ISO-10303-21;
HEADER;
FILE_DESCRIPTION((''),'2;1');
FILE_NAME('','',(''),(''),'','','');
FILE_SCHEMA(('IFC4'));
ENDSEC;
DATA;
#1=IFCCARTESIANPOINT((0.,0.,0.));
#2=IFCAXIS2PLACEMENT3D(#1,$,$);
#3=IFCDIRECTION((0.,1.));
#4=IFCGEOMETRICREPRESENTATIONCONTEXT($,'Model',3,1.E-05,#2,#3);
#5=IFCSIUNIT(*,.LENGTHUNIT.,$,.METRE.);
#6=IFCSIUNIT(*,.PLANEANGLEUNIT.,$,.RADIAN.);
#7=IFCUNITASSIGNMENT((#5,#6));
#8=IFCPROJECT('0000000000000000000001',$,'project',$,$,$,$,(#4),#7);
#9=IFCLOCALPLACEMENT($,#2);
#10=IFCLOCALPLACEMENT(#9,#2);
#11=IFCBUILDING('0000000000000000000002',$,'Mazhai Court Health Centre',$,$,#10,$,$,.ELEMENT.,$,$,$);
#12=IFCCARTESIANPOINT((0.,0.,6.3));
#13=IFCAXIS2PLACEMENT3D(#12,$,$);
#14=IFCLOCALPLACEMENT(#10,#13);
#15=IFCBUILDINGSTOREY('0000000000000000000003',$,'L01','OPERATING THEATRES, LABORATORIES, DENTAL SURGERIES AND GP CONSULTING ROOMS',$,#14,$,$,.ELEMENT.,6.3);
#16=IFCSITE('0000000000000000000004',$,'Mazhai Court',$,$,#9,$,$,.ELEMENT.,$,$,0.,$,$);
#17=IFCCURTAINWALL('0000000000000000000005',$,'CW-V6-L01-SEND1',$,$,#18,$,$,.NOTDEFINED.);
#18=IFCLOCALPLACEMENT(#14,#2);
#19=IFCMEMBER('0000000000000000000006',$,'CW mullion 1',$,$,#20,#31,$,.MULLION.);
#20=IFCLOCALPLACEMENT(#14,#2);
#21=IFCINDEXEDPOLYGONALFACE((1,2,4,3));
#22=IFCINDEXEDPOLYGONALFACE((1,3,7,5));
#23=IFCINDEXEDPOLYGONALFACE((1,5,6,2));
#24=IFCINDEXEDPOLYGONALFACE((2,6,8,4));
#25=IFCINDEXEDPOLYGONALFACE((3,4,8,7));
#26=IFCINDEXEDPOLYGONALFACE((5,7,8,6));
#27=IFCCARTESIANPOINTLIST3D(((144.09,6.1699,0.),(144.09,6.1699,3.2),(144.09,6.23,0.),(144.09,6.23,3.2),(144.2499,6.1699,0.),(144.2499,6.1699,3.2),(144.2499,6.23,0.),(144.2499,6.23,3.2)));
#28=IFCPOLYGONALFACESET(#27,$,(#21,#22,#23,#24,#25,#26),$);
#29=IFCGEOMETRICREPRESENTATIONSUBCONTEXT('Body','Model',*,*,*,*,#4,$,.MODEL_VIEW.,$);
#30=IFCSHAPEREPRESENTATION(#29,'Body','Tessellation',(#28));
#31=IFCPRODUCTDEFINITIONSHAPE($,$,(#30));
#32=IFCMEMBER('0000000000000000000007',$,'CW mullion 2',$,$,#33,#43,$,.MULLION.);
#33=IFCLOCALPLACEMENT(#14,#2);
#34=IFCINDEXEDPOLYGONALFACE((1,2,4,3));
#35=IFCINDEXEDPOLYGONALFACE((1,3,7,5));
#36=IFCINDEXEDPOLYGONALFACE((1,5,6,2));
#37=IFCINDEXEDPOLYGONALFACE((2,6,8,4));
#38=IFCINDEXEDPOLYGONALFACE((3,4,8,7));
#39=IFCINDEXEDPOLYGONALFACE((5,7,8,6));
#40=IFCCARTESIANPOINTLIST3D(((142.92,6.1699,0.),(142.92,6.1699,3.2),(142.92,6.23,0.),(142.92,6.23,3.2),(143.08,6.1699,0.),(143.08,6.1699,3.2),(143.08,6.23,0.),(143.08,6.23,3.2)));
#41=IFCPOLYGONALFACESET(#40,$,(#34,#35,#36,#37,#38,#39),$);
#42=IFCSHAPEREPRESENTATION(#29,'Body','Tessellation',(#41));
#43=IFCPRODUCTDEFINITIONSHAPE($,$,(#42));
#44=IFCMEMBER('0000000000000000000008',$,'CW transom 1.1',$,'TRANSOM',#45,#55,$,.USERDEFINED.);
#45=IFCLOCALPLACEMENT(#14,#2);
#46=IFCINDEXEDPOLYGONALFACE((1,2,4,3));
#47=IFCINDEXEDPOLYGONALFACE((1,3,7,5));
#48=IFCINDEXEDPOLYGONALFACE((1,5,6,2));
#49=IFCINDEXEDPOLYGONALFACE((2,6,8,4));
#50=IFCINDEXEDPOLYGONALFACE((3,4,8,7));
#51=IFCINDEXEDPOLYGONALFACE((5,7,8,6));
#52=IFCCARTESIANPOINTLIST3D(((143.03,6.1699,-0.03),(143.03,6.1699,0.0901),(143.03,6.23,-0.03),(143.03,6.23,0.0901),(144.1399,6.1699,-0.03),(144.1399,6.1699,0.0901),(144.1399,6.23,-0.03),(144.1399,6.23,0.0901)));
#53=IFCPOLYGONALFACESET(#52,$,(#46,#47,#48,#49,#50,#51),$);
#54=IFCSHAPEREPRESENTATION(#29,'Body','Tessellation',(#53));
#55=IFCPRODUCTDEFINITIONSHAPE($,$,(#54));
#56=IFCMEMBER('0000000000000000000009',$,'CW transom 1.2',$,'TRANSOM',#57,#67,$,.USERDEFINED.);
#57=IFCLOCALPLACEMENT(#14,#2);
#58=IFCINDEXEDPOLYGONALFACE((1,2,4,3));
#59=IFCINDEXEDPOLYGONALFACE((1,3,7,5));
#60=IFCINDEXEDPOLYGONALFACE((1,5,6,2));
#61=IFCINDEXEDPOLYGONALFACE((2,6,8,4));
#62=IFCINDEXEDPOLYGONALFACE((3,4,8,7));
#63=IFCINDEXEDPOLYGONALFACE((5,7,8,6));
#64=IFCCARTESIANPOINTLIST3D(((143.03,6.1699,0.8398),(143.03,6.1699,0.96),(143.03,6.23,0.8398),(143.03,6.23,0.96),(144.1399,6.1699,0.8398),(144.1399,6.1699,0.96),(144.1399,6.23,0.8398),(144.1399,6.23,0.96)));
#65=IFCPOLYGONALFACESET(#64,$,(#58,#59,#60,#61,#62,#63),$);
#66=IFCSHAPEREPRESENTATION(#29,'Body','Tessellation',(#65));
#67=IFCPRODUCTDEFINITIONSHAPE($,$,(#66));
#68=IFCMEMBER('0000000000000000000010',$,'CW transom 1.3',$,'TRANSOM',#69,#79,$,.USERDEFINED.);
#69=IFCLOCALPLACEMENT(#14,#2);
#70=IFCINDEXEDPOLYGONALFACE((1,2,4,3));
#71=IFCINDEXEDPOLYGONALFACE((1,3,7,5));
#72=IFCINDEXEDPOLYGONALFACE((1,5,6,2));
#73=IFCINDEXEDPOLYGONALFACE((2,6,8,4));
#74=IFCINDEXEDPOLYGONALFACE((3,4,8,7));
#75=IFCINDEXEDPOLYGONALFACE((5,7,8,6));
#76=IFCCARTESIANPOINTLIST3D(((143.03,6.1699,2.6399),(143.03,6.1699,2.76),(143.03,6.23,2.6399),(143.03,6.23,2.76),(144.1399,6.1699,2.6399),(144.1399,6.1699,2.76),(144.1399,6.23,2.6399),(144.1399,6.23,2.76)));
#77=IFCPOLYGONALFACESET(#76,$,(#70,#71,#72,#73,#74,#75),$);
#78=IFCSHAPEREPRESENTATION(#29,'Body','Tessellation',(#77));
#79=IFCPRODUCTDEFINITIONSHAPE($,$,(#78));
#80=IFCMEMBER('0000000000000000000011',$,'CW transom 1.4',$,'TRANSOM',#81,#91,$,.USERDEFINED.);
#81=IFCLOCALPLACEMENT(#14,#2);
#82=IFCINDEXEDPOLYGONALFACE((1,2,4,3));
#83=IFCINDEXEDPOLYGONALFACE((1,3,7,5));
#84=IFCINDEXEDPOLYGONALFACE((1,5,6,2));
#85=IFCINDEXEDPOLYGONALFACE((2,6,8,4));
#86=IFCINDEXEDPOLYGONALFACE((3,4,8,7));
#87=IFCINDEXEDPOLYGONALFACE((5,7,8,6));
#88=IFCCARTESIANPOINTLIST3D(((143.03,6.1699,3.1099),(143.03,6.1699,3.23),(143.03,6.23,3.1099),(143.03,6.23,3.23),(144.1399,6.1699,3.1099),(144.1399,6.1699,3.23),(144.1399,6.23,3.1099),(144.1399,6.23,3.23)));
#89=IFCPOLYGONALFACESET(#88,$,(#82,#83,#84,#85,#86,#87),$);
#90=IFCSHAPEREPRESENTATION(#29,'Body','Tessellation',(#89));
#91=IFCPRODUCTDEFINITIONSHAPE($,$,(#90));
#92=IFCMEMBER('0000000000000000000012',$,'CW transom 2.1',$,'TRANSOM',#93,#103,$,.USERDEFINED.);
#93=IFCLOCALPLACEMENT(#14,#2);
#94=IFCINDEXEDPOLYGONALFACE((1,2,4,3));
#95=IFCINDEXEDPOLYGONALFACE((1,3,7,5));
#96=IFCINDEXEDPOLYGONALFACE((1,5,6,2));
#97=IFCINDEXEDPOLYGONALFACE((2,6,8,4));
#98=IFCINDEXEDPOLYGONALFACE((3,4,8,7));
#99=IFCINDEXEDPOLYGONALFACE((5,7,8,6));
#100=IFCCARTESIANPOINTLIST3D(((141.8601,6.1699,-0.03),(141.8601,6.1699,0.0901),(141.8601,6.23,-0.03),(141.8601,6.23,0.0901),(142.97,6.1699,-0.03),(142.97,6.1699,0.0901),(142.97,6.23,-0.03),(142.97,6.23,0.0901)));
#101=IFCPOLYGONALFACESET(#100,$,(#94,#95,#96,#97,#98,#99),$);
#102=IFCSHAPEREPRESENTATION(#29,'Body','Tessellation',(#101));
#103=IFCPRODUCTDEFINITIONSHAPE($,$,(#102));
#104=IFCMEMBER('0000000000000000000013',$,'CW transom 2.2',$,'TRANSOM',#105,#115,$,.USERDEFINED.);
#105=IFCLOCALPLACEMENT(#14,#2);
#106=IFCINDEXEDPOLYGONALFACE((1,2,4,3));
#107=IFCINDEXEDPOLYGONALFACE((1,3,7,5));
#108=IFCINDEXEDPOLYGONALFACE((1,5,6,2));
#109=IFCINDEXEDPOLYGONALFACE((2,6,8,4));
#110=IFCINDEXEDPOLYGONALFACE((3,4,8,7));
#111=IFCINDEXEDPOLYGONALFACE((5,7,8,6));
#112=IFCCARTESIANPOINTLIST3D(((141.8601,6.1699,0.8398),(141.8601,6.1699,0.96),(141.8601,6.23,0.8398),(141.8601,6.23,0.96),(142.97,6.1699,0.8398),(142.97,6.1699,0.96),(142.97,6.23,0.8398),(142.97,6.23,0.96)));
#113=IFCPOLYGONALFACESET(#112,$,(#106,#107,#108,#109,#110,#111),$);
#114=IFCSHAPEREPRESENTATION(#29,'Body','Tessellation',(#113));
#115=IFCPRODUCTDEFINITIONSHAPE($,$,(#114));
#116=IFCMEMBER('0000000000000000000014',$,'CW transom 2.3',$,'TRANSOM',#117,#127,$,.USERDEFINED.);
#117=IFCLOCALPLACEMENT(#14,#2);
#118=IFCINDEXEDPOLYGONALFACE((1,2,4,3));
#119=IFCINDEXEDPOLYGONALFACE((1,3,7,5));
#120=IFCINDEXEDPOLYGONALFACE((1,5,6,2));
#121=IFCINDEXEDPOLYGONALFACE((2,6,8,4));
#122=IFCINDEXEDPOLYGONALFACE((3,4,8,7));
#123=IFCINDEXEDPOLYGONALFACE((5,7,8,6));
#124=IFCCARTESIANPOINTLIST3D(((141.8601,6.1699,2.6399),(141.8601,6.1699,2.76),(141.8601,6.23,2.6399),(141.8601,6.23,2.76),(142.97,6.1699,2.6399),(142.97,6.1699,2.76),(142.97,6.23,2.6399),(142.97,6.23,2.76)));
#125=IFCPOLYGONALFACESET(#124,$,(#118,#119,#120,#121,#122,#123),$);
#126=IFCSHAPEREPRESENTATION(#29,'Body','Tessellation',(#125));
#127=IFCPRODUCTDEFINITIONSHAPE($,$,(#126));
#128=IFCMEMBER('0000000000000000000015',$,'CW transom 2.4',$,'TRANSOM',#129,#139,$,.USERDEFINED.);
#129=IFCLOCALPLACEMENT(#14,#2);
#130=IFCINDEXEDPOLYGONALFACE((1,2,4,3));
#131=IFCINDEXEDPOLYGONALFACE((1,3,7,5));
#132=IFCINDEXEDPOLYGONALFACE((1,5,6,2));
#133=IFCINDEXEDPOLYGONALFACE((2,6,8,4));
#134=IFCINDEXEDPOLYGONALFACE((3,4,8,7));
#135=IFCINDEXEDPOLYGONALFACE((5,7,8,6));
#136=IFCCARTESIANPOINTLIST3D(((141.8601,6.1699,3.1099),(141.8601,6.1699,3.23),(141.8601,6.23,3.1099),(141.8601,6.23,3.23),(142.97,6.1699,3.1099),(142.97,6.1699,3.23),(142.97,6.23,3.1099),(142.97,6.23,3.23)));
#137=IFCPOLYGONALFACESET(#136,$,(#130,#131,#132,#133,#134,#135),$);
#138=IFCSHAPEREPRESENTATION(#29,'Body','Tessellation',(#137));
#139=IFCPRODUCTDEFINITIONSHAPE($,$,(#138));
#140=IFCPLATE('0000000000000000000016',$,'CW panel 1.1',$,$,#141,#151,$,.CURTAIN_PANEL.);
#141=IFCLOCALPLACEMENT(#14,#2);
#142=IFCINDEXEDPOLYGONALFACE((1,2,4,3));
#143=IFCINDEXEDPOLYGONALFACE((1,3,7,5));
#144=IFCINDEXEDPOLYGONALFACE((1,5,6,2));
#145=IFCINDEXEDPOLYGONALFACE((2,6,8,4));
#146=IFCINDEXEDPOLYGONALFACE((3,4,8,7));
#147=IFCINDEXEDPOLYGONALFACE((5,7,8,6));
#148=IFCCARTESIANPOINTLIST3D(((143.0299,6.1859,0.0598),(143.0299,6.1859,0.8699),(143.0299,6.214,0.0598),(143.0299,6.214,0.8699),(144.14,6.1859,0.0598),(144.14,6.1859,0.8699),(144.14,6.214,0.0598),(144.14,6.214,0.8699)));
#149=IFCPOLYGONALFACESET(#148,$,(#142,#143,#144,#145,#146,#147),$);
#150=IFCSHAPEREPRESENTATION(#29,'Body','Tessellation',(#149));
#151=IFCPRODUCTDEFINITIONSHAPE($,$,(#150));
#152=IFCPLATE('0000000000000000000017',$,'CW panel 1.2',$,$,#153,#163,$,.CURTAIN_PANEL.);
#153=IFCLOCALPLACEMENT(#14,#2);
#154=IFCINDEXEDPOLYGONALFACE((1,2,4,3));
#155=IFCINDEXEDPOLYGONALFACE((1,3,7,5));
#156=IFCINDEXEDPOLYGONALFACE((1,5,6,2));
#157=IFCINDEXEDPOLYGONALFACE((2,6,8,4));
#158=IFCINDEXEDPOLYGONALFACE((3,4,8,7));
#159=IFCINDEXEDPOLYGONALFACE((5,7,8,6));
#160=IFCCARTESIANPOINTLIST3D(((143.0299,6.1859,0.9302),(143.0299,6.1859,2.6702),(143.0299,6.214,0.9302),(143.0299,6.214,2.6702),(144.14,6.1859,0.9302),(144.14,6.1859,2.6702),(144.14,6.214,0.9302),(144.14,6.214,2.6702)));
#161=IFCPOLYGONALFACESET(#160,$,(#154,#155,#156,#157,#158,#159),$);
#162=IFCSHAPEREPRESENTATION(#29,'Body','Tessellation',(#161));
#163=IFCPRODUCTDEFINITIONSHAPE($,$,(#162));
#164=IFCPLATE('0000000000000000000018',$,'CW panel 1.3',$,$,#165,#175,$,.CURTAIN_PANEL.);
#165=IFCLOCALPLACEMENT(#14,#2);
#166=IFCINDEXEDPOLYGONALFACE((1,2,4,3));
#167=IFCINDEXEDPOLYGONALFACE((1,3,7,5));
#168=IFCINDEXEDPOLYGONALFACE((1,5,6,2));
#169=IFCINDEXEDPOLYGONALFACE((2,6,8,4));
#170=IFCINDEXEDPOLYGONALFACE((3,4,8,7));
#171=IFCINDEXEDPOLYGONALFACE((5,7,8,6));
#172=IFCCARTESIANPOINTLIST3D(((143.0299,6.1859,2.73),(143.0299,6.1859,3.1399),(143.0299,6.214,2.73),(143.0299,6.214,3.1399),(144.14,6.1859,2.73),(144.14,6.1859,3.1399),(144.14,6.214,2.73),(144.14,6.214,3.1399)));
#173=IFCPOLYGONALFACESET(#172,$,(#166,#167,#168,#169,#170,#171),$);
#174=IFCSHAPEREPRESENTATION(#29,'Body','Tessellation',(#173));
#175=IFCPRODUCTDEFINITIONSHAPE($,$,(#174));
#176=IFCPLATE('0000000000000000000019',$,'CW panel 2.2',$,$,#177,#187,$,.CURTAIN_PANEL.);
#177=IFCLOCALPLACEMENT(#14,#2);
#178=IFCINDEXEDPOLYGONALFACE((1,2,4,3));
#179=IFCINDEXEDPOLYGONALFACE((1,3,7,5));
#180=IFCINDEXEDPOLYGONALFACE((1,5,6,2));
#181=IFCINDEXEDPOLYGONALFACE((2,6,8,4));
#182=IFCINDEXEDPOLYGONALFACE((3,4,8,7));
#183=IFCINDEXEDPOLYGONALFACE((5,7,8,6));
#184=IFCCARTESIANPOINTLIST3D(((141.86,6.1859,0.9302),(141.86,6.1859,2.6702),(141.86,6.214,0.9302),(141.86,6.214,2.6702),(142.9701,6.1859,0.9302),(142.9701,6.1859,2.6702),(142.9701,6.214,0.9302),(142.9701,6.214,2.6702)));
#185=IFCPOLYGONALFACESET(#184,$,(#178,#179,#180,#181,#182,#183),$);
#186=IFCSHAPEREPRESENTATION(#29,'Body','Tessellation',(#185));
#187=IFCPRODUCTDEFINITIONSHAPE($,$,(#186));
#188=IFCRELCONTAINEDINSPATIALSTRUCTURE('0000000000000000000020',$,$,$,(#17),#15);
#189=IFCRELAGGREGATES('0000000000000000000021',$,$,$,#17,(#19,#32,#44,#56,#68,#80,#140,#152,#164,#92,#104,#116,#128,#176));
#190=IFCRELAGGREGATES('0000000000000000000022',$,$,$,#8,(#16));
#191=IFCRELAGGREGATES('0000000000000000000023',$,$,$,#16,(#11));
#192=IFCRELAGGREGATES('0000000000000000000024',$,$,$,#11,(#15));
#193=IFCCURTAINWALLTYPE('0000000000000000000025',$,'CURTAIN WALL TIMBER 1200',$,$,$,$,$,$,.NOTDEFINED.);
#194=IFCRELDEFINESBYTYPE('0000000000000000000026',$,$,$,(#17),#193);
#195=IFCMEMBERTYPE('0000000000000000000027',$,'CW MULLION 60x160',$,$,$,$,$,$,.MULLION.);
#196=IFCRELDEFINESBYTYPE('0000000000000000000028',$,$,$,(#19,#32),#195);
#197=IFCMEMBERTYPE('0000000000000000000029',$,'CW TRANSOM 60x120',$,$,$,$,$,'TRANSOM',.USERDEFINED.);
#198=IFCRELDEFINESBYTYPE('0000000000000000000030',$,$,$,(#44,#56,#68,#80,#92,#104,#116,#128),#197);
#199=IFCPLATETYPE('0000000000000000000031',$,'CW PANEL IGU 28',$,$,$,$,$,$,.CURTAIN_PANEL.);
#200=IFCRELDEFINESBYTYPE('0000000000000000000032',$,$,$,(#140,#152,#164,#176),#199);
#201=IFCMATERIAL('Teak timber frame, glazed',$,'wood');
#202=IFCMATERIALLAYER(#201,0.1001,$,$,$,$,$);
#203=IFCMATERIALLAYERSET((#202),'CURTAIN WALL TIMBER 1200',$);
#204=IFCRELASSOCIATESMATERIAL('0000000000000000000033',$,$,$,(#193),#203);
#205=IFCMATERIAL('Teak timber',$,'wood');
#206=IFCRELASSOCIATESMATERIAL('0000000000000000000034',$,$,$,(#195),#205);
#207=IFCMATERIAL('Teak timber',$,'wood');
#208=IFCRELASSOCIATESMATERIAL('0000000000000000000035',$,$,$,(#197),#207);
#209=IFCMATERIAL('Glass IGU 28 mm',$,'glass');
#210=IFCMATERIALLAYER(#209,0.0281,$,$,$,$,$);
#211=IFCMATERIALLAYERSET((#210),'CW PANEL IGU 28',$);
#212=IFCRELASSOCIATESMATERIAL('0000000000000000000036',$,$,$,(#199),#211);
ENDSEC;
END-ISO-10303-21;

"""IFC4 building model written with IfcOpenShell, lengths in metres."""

from ifc_helpers import new_model, si_unit, direction, frame, origin, origin_2d, place, context, subcontext, project, spatial, rectangle, extrude, material, layer, layer_set, material_profile, profile_set, type_object, element, aggregate, save


model = new_model("IFC4")

# Units and contexts
model_context = context("Model", 3, precision=1e-05, world=origin(), true_north=direction((0.0, 1.0)))
body_context = subcontext(model_context, "Body", "Model", "MODEL_VIEW")
ifc_project = project(units=[si_unit("LENGTHUNIT", "METRE"), si_unit("PLANEANGLEUNIT", "RADIAN")], contexts=[model_context])

# Site, building, storey
site_placement = place(None, origin())
site = spatial("IfcSite", under=ifc_project, at=site_placement, Name="Mazhai Court", CompositionType="ELEMENT", RefElevation=0.0)
building_placement = place(site_placement, origin())
building = spatial("IfcBuilding", under=site, at=building_placement, Name="Mazhai Court Health Centre", CompositionType="ELEMENT")
storey_placement = place(building_placement, frame((0.0, 0.0, 6.3)))
storey = spatial("IfcBuildingStorey", under=building, at=storey_placement, Name="L01", Description="OPERATING THEATRES, LABORATORIES, DENTAL SURGERIES AND GP CONSULTING ROOMS", CompositionType="ELEMENT", Elevation=6.3)

# Curtain wall, members, plates
ifc_material_1 = material(Name="Teak timber frame, glazed", Category="wood")
ifc_layer_1 = layer(ifc_material_1, 0.1001)
ifc_layer_set_1 = layer_set([ifc_layer_1], Name="CURTAIN WALL TIMBER 1200")
curtain_wall_type = type_object("IfcCurtainWallType", Name="CURTAIN WALL TIMBER 1200", PredefinedType="NOTDEFINED", material=ifc_layer_set_1)
curtain_wall_placement = place(storey_placement, origin())
curtain_wall = element("IfcCurtainWall", 1, at=curtain_wall_placement, inside=storey, type_object=curtain_wall_type, Name="CW-V6-L01-SEND1", PredefinedType="NOTDEFINED")
ifc_material_2 = material(Name="Teak timber", Category="wood")
ifc_material_profile_1 = material_profile(ifc_material_2, rectangle(XDim=0.0601, YDim=0.1599, at=origin_2d()), Name="CW MULLION 60x160")
ifc_profile_set_1 = profile_set([ifc_material_profile_1], Name="Teak timber")
member_type_1 = type_object("IfcMemberType", Name="CW MULLION 60x160", PredefinedType="MULLION", material=ifc_profile_set_1)
member_1_placement = place(storey_placement, frame((144.1699, 6.2, 0.0), z_axis=(0.0, 0.0, 1.0), x_axis=(0.0, -1.0, 0.0)))
member_1 = element("IfcMember", 2, at=member_1_placement, type_object=member_type_1, Name="CW mullion 1", PredefinedType="MULLION", context=body_context, shape_type="SweptSolid", body=[
    extrude(rectangle(XDim=0.0601, YDim=0.1599, at=origin_2d()), origin(), (0.0, 0.0, 1.0), 3.2),
])
member_2_placement = place(storey_placement, frame((143.0, 6.2, 0.0), z_axis=(0.0, 0.0, 1.0), x_axis=(0.0, -1.0, 0.0)))
member_2 = element("IfcMember", 3, at=member_2_placement, type_object=member_type_1, Name="CW mullion 2", PredefinedType="MULLION", context=body_context, shape_type="SweptSolid", body=[
    extrude(rectangle(XDim=0.0601, YDim=0.1599, at=origin_2d()), origin(), (0.0, 0.0, 1.0), 3.2),
])
ifc_material_3 = material(Name="Teak timber", Category="wood")
ifc_material_profile_2 = material_profile(ifc_material_3, rectangle(XDim=0.0601, YDim=0.1201, at=origin_2d()), Name="CW TRANSOM 60x120")
ifc_profile_set_2 = profile_set([ifc_material_profile_2], Name="Teak timber")
member_type_2 = type_object("IfcMemberType", Name="CW TRANSOM 60x120", ElementType="TRANSOM", PredefinedType="USERDEFINED", material=ifc_profile_set_2)
member_3_placement = place(storey_placement, frame((144.1399, 6.2, 0.03), z_axis=(-1.0, 0.0, 0.0), x_axis=(0.0, -1.0, 0.0)))
member_3 = element("IfcMember", 4, at=member_3_placement, type_object=member_type_2, Name="CW transom 1.1", ObjectType="TRANSOM", PredefinedType="USERDEFINED", context=body_context, shape_type="SweptSolid", body=[
    extrude(rectangle(XDim=0.0601, YDim=0.1201, at=origin_2d()), origin(), (0.0, 0.0, 1.0), 1.1099),
])
member_4_placement = place(storey_placement, frame((144.1399, 6.2, 0.8999), z_axis=(-1.0, 0.0, 0.0), x_axis=(0.0, -1.0, 0.0)))
member_4 = element("IfcMember", 5, at=member_4_placement, type_object=member_type_2, Name="CW transom 1.2", ObjectType="TRANSOM", PredefinedType="USERDEFINED", context=body_context, shape_type="SweptSolid", body=[
    extrude(rectangle(XDim=0.0601, YDim=0.1201, at=origin_2d()), origin(), (0.0, 0.0, 1.0), 1.1099),
])
member_5_placement = place(storey_placement, frame((144.1399, 6.2, 2.7), z_axis=(-1.0, 0.0, 0.0), x_axis=(0.0, -1.0, 0.0)))
member_5 = element("IfcMember", 6, at=member_5_placement, type_object=member_type_2, Name="CW transom 1.3", ObjectType="TRANSOM", PredefinedType="USERDEFINED", context=body_context, shape_type="SweptSolid", body=[
    extrude(rectangle(XDim=0.0601, YDim=0.1201, at=origin_2d()), origin(), (0.0, 0.0, 1.0), 1.1099),
])
member_6_placement = place(storey_placement, frame((144.1399, 6.2, 3.1699), z_axis=(-1.0, 0.0, 0.0), x_axis=(0.0, -1.0, 0.0)))
member_6 = element("IfcMember", 7, at=member_6_placement, type_object=member_type_2, Name="CW transom 1.4", ObjectType="TRANSOM", PredefinedType="USERDEFINED", context=body_context, shape_type="SweptSolid", body=[
    extrude(rectangle(XDim=0.0601, YDim=0.1201, at=origin_2d()), origin(), (0.0, 0.0, 1.0), 1.1099),
])
member_7_placement = place(storey_placement, frame((142.97, 6.2, 0.03), z_axis=(-1.0, 0.0, 0.0), x_axis=(0.0, -1.0, 0.0)))
member_7 = element("IfcMember", 8, at=member_7_placement, type_object=member_type_2, Name="CW transom 2.1", ObjectType="TRANSOM", PredefinedType="USERDEFINED", context=body_context, shape_type="SweptSolid", body=[
    extrude(rectangle(XDim=0.0601, YDim=0.1201, at=origin_2d()), origin(), (0.0, 0.0, 1.0), 1.1099),
])
member_8_placement = place(storey_placement, frame((142.97, 6.2, 0.8999), z_axis=(-1.0, 0.0, 0.0), x_axis=(0.0, -1.0, 0.0)))
member_8 = element("IfcMember", 9, at=member_8_placement, type_object=member_type_2, Name="CW transom 2.2", ObjectType="TRANSOM", PredefinedType="USERDEFINED", context=body_context, shape_type="SweptSolid", body=[
    extrude(rectangle(XDim=0.0601, YDim=0.1201, at=origin_2d()), origin(), (0.0, 0.0, 1.0), 1.1099),
])
member_9_placement = place(storey_placement, frame((142.97, 6.2, 2.7), z_axis=(-1.0, 0.0, 0.0), x_axis=(0.0, -1.0, 0.0)))
member_9 = element("IfcMember", 10, at=member_9_placement, type_object=member_type_2, Name="CW transom 2.3", ObjectType="TRANSOM", PredefinedType="USERDEFINED", context=body_context, shape_type="SweptSolid", body=[
    extrude(rectangle(XDim=0.0601, YDim=0.1201, at=origin_2d()), origin(), (0.0, 0.0, 1.0), 1.1099),
])
member_10_placement = place(storey_placement, frame((142.97, 6.2, 3.1699), z_axis=(-1.0, 0.0, 0.0), x_axis=(0.0, -1.0, 0.0)))
member_10 = element("IfcMember", 11, at=member_10_placement, type_object=member_type_2, Name="CW transom 2.4", ObjectType="TRANSOM", PredefinedType="USERDEFINED", context=body_context, shape_type="SweptSolid", body=[
    extrude(rectangle(XDim=0.0601, YDim=0.1201, at=origin_2d()), origin(), (0.0, 0.0, 1.0), 1.1099),
])
ifc_material_4 = material(Name="Glass IGU 28 mm", Category="glass")
ifc_layer_2 = layer(ifc_material_4, 0.0281)
ifc_layer_set_2 = layer_set([ifc_layer_2], Name="CW PANEL IGU 28")
plate_type = type_object("IfcPlateType", Name="CW PANEL IGU 28", PredefinedType="CURTAIN_PANEL", material=ifc_layer_set_2)
plate_1_placement = place(storey_placement, frame((143.585, 6.2, 0.0598), z_axis=(0.0, 0.0, 1.0), x_axis=(-1.0, 0.0, 0.0)))
plate_1 = element("IfcPlate", 12, at=plate_1_placement, type_object=plate_type, Name="CW panel 1.1", PredefinedType="CURTAIN_PANEL", context=body_context, shape_type="SweptSolid", body=[
    extrude(rectangle(XDim=1.1101, YDim=0.0281, at=origin_2d()), origin(), (0.0, 0.0, 1.0), 0.8101),
])
plate_2_placement = place(storey_placement, frame((143.585, 6.2, 0.9302), z_axis=(0.0, 0.0, 1.0), x_axis=(-1.0, 0.0, 0.0)))
plate_2 = element("IfcPlate", 13, at=plate_2_placement, type_object=plate_type, Name="CW panel 1.2", PredefinedType="CURTAIN_PANEL", context=body_context, shape_type="SweptSolid", body=[
    extrude(rectangle(XDim=1.1101, YDim=0.0281, at=origin_2d()), origin(), (0.0, 0.0, 1.0), 1.74),
])
plate_3_placement = place(storey_placement, frame((143.585, 6.2, 2.73), z_axis=(0.0, 0.0, 1.0), x_axis=(-1.0, 0.0, 0.0)))
plate_3 = element("IfcPlate", 14, at=plate_3_placement, type_object=plate_type, Name="CW panel 1.3", PredefinedType="CURTAIN_PANEL", context=body_context, shape_type="SweptSolid", body=[
    extrude(rectangle(XDim=1.1101, YDim=0.0281, at=origin_2d()), origin(), (0.0, 0.0, 1.0), 0.4099),
])
plate_4_placement = place(storey_placement, frame((142.415, 6.2, 0.9302), z_axis=(0.0, 0.0, 1.0), x_axis=(-1.0, 0.0, 0.0)))
plate_4 = element("IfcPlate", 15, at=plate_4_placement, type_object=plate_type, Name="CW panel 2.2", PredefinedType="CURTAIN_PANEL", context=body_context, shape_type="SweptSolid", body=[
    extrude(rectangle(XDim=1.1101, YDim=0.0281, at=origin_2d()), origin(), (0.0, 0.0, 1.0), 1.74),
])
aggregate(curtain_wall, [member_1, member_2, member_3, member_4, member_5, member_6, plate_1, plate_2, plate_3, member_7, member_8, member_9, member_10, plate_4])

save(model, "model.ifc")
